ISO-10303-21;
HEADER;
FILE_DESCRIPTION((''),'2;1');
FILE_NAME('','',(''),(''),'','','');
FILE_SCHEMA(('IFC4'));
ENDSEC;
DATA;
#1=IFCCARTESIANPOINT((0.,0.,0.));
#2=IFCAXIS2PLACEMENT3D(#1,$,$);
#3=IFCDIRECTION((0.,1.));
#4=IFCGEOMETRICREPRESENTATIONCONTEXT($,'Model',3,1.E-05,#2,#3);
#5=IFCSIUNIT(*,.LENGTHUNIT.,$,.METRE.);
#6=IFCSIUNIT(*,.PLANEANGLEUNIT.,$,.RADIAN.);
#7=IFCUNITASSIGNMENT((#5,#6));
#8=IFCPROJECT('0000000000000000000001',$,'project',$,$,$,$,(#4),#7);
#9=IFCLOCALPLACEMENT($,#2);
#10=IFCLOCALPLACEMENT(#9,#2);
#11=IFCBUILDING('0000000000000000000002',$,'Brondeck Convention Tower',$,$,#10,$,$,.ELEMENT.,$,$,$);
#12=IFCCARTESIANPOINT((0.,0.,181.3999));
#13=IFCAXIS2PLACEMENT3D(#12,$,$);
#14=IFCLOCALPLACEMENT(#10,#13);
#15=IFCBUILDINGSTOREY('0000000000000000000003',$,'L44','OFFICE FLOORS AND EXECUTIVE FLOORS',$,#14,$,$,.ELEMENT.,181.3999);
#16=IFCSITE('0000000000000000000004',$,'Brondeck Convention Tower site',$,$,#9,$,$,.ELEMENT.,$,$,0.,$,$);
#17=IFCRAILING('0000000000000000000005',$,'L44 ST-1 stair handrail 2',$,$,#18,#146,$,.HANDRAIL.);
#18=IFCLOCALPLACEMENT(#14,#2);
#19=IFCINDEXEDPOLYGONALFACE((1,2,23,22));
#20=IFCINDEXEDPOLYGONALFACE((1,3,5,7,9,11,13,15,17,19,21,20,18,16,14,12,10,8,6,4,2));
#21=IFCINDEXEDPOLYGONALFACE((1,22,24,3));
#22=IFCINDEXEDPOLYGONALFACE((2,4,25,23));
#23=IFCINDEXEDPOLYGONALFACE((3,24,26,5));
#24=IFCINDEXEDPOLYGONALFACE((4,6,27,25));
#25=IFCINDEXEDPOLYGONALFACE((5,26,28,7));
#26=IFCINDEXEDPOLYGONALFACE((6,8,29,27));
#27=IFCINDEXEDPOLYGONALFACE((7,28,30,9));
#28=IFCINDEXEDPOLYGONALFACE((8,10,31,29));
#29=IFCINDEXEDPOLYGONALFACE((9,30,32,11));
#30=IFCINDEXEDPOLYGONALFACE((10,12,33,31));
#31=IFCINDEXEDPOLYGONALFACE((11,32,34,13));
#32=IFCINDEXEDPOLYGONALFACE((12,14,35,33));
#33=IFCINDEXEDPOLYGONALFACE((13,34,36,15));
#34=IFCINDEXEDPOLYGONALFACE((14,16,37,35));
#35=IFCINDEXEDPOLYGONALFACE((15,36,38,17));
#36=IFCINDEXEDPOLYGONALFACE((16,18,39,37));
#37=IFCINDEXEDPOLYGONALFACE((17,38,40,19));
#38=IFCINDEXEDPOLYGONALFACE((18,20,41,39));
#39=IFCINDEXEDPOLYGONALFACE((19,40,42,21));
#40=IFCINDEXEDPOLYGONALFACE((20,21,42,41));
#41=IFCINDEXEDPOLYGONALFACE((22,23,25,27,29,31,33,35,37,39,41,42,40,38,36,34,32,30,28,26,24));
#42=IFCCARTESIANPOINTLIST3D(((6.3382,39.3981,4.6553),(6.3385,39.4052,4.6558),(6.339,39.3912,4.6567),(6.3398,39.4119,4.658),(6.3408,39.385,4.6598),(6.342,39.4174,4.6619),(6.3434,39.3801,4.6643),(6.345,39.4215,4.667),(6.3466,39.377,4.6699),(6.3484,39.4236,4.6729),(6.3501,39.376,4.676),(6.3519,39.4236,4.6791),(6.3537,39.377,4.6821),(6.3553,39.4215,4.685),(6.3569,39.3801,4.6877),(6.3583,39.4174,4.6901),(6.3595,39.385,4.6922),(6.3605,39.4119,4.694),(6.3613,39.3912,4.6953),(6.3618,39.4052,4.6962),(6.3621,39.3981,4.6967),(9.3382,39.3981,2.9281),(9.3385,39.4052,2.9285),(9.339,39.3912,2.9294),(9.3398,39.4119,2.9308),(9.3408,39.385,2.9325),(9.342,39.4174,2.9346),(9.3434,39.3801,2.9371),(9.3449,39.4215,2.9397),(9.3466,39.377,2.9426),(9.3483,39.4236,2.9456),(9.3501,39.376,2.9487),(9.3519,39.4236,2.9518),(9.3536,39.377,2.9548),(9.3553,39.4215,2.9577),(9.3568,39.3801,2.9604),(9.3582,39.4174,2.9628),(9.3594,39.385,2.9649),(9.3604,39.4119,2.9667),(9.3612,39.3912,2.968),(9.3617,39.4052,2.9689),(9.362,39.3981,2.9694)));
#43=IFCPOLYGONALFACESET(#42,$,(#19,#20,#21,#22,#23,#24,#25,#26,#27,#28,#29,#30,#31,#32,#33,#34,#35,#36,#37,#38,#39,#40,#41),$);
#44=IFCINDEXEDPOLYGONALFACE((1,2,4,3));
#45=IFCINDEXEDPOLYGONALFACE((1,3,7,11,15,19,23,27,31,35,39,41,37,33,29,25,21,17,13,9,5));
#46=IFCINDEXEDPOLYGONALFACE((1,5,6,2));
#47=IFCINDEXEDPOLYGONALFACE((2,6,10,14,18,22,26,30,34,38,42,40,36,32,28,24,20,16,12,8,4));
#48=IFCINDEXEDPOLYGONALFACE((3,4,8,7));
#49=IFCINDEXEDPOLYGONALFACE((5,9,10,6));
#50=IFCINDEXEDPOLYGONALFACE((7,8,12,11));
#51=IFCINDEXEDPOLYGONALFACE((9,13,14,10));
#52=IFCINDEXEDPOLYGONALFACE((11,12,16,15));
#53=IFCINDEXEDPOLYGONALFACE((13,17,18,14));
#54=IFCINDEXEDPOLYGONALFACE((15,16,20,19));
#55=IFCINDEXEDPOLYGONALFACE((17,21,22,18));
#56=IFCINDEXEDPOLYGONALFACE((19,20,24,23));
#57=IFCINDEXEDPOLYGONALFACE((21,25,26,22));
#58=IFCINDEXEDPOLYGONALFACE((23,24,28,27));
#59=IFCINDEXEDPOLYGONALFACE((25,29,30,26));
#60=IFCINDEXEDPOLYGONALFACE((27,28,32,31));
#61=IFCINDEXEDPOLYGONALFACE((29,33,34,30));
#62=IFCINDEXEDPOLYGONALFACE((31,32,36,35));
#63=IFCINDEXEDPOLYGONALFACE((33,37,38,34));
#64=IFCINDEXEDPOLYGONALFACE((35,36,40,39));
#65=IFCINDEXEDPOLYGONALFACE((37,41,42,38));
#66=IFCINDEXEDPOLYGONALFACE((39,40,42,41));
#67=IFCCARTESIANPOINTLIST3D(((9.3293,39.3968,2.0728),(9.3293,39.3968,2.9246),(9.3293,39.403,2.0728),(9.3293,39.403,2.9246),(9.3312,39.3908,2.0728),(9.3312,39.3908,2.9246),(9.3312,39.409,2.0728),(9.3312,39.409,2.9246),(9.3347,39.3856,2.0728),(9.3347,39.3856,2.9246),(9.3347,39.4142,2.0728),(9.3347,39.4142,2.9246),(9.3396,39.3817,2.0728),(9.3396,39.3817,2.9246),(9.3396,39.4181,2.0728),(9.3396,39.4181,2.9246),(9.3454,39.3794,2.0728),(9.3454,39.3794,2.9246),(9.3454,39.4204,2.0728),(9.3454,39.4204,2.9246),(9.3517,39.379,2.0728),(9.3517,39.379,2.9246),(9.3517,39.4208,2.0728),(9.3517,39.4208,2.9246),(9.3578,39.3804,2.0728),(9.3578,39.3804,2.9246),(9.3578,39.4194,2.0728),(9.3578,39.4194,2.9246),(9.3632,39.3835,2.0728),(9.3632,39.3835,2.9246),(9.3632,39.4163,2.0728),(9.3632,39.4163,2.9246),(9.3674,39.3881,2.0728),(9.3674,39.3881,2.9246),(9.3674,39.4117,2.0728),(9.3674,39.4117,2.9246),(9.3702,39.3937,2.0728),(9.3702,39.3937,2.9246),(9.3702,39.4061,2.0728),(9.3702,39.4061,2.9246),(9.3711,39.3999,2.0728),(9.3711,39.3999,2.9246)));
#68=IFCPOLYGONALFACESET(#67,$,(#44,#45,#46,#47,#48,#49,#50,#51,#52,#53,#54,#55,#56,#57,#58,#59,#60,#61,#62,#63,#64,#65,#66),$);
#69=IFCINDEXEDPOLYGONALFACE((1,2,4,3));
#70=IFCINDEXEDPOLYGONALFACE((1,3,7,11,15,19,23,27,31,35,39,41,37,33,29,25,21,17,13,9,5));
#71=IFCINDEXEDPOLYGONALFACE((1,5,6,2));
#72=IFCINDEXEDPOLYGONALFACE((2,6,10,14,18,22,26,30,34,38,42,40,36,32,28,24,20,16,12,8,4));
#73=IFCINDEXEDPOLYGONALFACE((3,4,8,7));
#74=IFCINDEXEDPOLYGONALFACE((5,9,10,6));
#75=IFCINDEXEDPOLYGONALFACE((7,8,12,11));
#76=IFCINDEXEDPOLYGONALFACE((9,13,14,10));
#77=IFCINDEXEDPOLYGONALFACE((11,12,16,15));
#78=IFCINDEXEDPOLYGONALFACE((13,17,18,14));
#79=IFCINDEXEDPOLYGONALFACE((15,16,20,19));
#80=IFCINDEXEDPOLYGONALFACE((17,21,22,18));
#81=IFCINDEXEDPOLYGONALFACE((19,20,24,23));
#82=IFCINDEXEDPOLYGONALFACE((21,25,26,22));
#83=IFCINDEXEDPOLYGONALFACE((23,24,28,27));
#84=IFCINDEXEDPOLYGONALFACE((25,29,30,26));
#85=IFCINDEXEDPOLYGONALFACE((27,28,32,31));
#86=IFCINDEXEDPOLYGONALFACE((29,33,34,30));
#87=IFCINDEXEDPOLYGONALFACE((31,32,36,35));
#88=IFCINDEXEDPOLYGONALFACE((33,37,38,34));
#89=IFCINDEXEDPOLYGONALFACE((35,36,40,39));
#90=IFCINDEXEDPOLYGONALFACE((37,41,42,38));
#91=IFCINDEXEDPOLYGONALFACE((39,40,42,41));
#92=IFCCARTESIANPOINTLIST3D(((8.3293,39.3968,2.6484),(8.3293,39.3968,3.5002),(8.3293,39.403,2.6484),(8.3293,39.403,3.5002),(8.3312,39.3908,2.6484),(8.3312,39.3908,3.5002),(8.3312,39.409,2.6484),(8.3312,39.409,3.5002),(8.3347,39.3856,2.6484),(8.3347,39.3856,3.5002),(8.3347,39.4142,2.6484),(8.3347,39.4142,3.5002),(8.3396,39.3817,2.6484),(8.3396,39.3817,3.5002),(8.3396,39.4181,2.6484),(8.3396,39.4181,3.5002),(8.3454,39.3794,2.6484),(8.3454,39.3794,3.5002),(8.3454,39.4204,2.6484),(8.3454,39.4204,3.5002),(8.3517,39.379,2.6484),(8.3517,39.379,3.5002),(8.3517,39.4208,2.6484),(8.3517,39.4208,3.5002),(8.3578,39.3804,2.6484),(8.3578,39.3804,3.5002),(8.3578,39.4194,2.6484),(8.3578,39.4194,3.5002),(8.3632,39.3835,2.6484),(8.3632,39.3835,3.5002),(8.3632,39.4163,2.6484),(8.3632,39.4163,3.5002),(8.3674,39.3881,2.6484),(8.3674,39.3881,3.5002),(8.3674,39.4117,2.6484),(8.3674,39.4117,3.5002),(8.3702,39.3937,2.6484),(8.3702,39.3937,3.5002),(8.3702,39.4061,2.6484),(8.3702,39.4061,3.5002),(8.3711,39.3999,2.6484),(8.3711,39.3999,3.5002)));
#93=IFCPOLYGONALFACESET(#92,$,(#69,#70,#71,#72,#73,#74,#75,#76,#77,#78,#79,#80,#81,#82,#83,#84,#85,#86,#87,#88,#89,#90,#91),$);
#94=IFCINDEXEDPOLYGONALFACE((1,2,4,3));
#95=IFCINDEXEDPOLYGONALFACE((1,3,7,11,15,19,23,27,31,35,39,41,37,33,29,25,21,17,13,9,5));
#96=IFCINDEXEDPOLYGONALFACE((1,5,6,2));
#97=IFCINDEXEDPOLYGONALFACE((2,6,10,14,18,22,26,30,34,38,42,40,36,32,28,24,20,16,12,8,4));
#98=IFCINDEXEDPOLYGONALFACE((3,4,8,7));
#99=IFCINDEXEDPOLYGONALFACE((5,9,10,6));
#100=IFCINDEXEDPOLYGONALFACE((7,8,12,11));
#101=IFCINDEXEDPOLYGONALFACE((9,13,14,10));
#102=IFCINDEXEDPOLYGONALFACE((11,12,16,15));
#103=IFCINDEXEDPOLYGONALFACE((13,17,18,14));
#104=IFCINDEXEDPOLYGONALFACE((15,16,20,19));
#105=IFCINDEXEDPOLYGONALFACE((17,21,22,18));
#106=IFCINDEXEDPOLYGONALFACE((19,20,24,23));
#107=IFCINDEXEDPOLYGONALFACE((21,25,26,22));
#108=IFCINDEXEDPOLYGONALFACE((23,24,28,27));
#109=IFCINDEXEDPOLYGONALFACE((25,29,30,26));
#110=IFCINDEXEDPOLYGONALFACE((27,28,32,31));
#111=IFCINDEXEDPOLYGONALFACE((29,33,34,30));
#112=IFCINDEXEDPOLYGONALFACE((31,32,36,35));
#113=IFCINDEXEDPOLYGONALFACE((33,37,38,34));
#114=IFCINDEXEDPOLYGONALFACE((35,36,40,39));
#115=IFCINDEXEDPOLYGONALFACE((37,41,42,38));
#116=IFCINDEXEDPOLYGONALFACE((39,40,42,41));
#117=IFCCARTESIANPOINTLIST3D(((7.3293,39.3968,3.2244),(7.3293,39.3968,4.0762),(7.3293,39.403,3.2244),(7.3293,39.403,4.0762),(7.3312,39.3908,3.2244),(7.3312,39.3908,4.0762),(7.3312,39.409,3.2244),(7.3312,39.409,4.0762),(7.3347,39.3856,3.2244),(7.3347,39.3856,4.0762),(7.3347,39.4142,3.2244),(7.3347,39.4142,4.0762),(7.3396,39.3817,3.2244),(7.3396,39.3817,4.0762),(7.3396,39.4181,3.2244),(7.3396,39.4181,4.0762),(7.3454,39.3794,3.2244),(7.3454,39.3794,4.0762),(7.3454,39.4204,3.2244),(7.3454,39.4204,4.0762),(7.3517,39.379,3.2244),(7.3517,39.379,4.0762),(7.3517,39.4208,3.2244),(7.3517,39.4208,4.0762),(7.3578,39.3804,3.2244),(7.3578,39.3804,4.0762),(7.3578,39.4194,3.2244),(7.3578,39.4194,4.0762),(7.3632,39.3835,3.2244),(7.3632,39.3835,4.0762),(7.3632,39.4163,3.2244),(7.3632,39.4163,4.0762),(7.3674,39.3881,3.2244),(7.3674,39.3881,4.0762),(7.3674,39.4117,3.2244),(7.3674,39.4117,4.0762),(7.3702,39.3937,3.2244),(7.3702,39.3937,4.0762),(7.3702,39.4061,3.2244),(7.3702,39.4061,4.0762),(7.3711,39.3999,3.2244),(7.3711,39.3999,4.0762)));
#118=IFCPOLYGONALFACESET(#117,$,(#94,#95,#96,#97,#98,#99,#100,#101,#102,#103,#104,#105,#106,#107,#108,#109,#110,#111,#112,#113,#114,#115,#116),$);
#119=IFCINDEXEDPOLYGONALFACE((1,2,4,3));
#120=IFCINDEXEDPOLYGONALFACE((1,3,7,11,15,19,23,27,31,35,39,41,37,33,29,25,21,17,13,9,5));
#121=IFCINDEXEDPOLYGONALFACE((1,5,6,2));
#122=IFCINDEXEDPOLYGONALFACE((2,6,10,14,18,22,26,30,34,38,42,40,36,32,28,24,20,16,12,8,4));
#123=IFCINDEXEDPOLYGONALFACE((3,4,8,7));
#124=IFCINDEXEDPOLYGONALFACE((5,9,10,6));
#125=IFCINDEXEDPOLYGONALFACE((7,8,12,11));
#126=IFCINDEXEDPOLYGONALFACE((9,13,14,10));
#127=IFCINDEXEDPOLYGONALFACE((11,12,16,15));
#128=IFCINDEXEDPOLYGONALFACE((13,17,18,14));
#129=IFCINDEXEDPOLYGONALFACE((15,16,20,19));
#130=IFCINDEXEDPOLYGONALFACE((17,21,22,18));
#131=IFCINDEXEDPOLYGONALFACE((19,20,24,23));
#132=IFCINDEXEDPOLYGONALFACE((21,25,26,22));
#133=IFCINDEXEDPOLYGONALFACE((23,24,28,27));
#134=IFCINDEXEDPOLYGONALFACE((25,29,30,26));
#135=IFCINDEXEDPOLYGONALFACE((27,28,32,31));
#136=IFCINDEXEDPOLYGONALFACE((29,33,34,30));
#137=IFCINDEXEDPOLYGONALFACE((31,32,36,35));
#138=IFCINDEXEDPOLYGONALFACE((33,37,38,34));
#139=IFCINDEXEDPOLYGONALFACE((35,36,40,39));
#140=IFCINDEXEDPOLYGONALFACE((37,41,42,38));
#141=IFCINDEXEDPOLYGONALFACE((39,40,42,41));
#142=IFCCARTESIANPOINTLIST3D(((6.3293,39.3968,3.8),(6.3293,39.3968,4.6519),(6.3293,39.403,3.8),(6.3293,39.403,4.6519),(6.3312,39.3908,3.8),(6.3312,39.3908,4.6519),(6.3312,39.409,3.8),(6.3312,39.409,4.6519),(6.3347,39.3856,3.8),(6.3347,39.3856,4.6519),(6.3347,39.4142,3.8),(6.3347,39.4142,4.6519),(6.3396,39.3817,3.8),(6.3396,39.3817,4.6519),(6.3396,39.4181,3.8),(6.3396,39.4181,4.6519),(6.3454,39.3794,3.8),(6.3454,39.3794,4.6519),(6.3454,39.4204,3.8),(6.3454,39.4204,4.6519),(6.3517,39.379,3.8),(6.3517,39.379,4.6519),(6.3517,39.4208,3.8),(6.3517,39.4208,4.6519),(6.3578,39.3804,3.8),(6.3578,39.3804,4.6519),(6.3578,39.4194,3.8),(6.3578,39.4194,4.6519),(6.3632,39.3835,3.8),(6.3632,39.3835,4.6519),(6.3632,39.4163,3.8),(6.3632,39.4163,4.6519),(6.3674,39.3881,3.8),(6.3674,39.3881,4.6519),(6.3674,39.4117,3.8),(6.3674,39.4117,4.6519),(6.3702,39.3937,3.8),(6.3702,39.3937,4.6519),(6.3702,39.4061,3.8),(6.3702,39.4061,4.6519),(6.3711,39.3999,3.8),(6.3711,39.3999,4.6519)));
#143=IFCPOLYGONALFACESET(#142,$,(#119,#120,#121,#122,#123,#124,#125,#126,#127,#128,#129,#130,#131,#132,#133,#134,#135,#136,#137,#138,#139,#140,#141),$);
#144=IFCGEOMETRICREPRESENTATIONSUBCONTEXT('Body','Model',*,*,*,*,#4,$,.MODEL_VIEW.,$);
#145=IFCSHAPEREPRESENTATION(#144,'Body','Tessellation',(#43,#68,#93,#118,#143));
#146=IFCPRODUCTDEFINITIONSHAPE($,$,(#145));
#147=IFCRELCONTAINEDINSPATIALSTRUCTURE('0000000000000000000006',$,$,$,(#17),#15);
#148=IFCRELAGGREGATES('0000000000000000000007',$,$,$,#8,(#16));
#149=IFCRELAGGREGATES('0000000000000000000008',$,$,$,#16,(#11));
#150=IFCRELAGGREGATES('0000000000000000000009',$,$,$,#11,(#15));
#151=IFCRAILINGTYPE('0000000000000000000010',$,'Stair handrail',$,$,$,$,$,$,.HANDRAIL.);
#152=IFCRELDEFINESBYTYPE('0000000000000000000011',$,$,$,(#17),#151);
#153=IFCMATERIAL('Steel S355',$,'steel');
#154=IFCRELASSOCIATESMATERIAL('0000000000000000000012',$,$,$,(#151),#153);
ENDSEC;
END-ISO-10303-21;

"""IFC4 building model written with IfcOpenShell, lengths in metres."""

from ifc_helpers import new_model, si_unit, direction, frame, origin, origin_2d, place, context, subcontext, project, spatial, circle, extrude, material, type_object, element, save


model = new_model("IFC4")

# Units and contexts
model_context = context("Model", 3, precision=1e-05, world=origin(), true_north=direction((0.0, 1.0)))
body_context = subcontext(model_context, "Body", "Model", "MODEL_VIEW")
ifc_project = project(units=[si_unit("LENGTHUNIT", "METRE"), si_unit("PLANEANGLEUNIT", "RADIAN")], contexts=[model_context])

# Site, building, storey
site_placement = place(None, origin())
site = spatial("IfcSite", under=ifc_project, at=site_placement, Name="Brondeck Convention Tower site", CompositionType="ELEMENT", RefElevation=0.0)
building_placement = place(site_placement, origin())
building = spatial("IfcBuilding", under=site, at=building_placement, Name="Brondeck Convention Tower", CompositionType="ELEMENT")
storey_placement = place(building_placement, frame((0.0, 0.0, 181.3999)))
storey = spatial("IfcBuildingStorey", under=building, at=storey_placement, Name="L44", Description="OFFICE FLOORS AND EXECUTIVE FLOORS", CompositionType="ELEMENT", Elevation=181.3999)

# Shared definitions
ifc_material_1 = material(Name="Steel S355", Category="steel")

# Railing
railing_type_1 = type_object("IfcRailingType", Name="Stair handrail", PredefinedType="HANDRAIL", material=ifc_material_1)
railing_1_placement = place(storey_placement, frame((9.3501, 39.3999, 2.0728)))
element("IfcRailing", 1, at=railing_1_placement, inside=storey, type_object=railing_type_1, Name="L44 ST-1 stair handrail 2", PredefinedType="HANDRAIL", context=body_context, shape_type="SweptSolid", body=[
    extrude(circle(Radius=0.0239, at=origin_2d()), frame((0.0, 0.0, 0.876), z_axis=(-0.86662, 0.0, 0.498969), x_axis=(0.0, -1.0, 0.0)), (0.0, 0.0, 1.0), 3.4617),
    extrude(circle(Radius=0.021, at=origin_2d()), origin(), (0.0, 0.0, 1.0), 0.8518),
    extrude(circle(Radius=0.021, at=origin_2d()), frame((-1.0, 0.0, 0.5757)), (0.0, 0.0, 1.0), 0.8518),
    extrude(circle(Radius=0.021, at=origin_2d()), frame((-2.0, 0.0, 1.1516)), (0.0, 0.0, 1.0), 0.8518),
    extrude(circle(Radius=0.021, at=origin_2d()), frame((-3.0, 0.0, 1.7273)), (0.0, 0.0, 1.0), 0.8518),
])

save(model, "model.ifc")
